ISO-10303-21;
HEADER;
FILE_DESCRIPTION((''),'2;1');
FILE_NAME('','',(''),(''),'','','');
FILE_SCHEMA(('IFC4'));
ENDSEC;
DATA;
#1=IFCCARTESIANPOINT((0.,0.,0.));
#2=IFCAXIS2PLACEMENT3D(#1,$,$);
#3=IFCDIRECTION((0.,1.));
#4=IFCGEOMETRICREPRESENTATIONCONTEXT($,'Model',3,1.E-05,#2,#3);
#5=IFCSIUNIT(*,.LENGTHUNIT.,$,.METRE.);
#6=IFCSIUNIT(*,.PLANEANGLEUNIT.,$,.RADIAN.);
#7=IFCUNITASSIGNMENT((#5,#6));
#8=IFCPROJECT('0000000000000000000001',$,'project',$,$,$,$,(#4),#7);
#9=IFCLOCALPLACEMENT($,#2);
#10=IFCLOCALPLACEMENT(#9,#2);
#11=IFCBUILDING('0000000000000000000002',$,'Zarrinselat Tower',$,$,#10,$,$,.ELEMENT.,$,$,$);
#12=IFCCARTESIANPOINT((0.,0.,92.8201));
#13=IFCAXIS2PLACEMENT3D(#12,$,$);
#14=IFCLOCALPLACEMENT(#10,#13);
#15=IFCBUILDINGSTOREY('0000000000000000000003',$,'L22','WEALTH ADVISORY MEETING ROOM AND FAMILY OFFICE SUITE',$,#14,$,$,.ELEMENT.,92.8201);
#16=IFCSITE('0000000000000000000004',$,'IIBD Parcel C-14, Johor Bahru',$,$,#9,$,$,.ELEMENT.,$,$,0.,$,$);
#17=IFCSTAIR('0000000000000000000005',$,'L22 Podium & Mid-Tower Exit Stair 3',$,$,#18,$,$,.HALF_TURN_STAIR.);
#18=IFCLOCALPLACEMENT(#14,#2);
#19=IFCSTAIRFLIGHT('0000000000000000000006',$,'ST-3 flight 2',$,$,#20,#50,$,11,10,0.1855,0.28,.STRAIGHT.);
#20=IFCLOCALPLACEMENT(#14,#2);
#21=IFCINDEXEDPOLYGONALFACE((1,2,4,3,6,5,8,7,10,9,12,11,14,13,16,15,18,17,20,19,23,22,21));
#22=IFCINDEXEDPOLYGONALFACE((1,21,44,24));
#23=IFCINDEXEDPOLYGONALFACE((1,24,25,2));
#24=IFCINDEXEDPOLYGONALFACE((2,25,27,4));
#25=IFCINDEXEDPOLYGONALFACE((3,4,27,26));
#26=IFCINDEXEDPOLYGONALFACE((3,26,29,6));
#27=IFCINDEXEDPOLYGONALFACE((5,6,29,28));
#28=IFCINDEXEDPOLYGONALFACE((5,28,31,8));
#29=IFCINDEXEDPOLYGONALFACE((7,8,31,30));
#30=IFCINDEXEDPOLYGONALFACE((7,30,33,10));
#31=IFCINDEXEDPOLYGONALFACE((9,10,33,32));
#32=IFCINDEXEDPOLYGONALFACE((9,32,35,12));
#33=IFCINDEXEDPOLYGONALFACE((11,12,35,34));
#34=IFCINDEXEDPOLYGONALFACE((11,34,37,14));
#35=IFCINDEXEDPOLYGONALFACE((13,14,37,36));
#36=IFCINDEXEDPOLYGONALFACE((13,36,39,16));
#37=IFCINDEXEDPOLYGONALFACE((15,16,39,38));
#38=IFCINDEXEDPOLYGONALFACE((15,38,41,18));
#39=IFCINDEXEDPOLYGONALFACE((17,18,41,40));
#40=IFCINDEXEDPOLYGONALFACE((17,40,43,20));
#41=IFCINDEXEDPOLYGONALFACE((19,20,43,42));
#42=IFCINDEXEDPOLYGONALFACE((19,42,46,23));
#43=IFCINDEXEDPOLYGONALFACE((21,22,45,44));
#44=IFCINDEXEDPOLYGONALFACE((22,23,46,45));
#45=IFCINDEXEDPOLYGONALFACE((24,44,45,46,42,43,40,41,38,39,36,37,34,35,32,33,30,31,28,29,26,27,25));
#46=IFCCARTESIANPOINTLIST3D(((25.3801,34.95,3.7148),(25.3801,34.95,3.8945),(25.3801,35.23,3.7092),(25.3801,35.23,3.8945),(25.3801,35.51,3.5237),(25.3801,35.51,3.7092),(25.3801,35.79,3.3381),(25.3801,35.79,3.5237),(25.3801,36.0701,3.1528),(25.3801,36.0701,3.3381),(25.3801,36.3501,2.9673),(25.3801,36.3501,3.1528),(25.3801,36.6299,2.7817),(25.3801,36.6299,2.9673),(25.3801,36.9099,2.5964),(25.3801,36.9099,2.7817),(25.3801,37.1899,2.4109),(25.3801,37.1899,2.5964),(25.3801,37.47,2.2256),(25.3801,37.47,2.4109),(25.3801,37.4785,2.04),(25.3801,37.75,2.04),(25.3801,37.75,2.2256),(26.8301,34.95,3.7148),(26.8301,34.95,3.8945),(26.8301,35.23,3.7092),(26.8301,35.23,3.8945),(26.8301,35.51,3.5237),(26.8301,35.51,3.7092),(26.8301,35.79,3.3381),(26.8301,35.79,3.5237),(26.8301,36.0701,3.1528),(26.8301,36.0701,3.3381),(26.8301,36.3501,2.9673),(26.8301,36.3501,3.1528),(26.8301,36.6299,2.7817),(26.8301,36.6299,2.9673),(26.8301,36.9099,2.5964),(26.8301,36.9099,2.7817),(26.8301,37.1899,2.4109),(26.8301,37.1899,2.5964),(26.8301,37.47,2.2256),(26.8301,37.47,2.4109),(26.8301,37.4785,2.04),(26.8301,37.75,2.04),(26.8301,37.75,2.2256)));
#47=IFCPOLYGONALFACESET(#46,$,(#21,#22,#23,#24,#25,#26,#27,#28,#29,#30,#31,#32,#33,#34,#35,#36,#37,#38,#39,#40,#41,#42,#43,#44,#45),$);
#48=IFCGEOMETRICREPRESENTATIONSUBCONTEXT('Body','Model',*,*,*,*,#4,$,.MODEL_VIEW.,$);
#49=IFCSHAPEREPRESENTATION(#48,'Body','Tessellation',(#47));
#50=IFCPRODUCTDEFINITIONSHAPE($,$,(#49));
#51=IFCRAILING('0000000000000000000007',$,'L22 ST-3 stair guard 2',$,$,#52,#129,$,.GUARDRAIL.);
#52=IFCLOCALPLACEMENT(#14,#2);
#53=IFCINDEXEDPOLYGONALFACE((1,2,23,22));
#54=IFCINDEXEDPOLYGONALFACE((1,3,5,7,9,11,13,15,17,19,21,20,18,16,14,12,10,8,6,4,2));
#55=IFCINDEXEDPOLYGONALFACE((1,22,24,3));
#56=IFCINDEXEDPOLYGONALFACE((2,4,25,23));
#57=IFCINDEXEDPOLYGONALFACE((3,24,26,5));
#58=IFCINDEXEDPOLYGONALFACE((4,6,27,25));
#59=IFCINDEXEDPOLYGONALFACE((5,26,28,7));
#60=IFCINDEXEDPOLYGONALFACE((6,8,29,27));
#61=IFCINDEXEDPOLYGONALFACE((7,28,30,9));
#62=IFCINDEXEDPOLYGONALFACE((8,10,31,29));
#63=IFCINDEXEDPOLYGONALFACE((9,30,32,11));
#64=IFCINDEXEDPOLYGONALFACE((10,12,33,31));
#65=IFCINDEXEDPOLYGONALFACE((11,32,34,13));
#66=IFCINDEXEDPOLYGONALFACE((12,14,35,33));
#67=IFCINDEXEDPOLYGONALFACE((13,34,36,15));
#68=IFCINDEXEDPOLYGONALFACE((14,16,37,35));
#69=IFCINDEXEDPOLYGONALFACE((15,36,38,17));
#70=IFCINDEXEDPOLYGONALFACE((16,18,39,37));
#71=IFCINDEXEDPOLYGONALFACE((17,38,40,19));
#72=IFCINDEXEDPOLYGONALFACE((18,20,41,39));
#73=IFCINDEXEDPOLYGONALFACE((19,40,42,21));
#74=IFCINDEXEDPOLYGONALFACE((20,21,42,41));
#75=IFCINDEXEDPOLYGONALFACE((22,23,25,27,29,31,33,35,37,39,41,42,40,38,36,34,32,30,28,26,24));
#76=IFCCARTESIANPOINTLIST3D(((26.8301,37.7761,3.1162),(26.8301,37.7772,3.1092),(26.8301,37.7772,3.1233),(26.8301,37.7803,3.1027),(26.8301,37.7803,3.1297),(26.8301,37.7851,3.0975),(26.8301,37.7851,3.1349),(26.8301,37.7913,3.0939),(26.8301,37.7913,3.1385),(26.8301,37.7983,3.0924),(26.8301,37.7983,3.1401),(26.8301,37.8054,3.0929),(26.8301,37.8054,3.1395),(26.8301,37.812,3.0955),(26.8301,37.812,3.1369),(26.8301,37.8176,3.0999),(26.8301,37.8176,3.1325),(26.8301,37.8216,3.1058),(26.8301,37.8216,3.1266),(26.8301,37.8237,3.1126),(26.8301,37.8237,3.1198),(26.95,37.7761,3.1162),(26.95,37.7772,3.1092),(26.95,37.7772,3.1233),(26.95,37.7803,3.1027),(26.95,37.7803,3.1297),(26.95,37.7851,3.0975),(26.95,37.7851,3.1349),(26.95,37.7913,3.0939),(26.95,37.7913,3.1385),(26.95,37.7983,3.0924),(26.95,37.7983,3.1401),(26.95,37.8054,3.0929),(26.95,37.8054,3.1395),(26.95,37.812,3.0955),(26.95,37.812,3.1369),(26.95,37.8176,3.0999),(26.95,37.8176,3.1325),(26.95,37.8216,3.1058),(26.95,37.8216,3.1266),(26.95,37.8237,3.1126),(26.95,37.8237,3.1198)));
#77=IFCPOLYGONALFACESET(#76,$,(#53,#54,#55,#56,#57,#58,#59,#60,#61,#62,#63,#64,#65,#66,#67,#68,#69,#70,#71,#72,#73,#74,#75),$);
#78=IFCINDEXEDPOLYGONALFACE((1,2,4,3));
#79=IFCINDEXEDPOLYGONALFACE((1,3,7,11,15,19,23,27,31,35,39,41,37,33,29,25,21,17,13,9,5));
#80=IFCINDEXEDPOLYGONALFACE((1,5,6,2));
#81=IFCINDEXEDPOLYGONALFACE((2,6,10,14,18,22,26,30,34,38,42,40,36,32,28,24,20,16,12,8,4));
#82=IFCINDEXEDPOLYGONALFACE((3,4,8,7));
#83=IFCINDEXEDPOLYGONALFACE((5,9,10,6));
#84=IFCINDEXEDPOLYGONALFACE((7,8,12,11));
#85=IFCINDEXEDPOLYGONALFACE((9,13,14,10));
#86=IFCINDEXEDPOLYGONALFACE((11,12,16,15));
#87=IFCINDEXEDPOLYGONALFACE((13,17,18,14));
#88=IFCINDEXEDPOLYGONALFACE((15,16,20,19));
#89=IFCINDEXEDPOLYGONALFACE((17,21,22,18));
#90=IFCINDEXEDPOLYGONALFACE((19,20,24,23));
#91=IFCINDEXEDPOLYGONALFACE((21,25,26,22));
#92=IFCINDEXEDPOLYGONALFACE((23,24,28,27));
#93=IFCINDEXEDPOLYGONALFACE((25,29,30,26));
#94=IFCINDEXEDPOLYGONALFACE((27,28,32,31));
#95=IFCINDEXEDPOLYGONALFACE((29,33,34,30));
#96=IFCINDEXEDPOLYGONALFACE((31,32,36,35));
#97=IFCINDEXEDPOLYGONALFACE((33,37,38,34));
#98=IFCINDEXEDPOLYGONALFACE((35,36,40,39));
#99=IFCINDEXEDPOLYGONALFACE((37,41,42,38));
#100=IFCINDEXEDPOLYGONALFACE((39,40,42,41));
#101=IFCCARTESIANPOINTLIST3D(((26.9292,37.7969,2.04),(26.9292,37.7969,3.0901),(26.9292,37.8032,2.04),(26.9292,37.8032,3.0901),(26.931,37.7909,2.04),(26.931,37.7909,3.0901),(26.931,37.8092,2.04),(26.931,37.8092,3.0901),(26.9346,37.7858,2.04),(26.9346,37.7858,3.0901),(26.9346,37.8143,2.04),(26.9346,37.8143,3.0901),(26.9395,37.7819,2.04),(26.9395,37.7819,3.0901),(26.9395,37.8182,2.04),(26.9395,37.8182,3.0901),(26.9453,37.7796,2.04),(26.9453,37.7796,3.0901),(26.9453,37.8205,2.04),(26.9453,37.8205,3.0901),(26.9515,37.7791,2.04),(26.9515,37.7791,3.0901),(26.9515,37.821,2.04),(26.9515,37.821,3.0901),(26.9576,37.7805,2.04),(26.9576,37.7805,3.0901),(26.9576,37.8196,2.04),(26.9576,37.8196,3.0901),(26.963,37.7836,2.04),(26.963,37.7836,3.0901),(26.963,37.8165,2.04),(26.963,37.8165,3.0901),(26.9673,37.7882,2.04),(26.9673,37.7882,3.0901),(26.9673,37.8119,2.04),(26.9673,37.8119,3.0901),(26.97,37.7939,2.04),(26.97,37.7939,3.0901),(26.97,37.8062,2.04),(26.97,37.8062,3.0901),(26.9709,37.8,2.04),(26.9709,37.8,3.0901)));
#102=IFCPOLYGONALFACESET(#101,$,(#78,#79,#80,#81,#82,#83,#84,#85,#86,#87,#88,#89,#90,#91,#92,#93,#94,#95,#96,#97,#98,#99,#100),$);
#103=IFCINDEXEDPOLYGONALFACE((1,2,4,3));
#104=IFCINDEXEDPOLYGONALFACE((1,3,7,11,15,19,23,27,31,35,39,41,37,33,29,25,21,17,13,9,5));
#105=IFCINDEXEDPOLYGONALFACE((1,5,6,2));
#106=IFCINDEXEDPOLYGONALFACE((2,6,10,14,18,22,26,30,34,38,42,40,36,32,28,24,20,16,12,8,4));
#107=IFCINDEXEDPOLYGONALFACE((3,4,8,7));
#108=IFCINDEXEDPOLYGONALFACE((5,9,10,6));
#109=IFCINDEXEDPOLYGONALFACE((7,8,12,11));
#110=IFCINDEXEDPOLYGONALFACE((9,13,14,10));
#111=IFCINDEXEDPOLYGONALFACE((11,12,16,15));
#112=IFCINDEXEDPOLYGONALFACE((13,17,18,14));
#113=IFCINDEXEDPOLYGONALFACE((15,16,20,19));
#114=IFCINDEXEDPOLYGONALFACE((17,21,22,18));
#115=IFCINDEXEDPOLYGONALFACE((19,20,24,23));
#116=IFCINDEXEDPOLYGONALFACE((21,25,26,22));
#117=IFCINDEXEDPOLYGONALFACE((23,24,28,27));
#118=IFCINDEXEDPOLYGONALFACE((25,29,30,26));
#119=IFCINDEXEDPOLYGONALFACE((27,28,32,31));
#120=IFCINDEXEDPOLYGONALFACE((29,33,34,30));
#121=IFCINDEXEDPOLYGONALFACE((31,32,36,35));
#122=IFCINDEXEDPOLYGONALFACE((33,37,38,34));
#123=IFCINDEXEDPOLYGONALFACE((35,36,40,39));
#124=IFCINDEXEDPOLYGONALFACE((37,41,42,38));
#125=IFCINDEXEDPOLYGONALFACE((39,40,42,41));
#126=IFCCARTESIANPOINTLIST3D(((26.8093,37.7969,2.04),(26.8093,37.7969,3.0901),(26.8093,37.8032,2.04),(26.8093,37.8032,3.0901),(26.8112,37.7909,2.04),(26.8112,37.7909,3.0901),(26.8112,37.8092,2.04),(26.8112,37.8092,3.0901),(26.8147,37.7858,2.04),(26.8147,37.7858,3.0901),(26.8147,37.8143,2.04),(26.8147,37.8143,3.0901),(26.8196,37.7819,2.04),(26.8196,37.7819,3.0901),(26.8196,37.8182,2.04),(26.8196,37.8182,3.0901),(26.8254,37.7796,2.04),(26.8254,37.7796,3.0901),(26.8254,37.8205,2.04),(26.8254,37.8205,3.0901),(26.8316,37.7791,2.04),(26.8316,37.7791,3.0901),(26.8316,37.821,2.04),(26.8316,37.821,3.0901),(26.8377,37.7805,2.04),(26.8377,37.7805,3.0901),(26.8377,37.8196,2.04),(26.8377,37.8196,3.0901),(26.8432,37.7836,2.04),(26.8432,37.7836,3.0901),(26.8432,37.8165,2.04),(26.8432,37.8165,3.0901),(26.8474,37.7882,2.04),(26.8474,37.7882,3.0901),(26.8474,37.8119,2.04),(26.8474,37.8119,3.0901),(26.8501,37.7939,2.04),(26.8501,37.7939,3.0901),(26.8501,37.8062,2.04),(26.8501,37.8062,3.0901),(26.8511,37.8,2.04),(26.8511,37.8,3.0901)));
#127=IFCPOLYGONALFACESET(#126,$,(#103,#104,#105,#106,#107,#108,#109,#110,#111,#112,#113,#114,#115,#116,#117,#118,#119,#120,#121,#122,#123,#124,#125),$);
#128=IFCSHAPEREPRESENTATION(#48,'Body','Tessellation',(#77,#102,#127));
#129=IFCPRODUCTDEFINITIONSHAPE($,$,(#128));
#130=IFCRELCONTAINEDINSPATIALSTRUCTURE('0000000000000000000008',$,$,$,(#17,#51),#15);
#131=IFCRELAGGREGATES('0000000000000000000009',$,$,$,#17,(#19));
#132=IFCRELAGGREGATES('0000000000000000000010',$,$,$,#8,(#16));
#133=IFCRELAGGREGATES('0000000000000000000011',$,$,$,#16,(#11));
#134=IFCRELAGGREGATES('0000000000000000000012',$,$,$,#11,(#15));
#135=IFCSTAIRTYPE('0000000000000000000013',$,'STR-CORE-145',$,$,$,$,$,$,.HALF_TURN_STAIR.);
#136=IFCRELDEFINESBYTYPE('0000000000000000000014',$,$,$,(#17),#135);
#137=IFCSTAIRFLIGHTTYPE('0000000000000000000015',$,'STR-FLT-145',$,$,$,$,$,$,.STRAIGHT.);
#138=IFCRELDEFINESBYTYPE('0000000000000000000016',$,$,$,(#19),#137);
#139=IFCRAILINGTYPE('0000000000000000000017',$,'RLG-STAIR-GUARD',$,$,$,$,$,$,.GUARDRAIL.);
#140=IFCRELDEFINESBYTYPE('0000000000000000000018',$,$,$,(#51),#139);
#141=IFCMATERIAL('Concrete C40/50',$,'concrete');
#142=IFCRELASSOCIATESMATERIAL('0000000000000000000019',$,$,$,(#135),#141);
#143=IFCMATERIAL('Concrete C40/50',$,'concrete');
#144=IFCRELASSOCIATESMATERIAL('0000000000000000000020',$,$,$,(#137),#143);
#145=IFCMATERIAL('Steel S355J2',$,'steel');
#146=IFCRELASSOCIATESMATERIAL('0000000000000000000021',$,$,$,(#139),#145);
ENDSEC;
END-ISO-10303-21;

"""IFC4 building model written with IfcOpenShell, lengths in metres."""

from ifc_helpers import new_model, si_unit, direction, frame, origin, origin_2d, place, context, subcontext, project, spatial, polyline, circle, outline, extrude, material, type_object, element, aggregate, save


model = new_model("IFC4")

# Units and contexts
model_context = context("Model", 3, precision=1e-05, world=origin(), true_north=direction((0.0, 1.0)))
body_context = subcontext(model_context, "Body", "Model", "MODEL_VIEW")
ifc_project = project(units=[si_unit("LENGTHUNIT", "METRE"), si_unit("PLANEANGLEUNIT", "RADIAN")], contexts=[model_context])

# Site, building, storey
site_placement = place(None, origin())
site = spatial("IfcSite", under=ifc_project, at=site_placement, Name="IIBD Parcel C-14, Johor Bahru", CompositionType="ELEMENT", RefElevation=0.0)
building_placement = place(site_placement, origin())
building = spatial("IfcBuilding", under=site, at=building_placement, Name="Zarrinselat Tower", CompositionType="ELEMENT")
storey_placement = place(building_placement, frame((0.0, 0.0, 92.8201)))
storey = spatial("IfcBuildingStorey", under=building, at=storey_placement, Name="L22", Description="WEALTH ADVISORY MEETING ROOM AND FAMILY OFFICE SUITE", CompositionType="ELEMENT", Elevation=92.8201)

# Stair, stair flight
ifc_material_1 = material(Name="Concrete C40/50", Category="concrete")
stair_type = type_object("IfcStairType", Name="STR-CORE-145", PredefinedType="HALF_TURN_STAIR", material=ifc_material_1)
stair_placement = place(storey_placement, origin())
stair = element("IfcStair", 1, at=stair_placement, inside=storey, type_object=stair_type, Name="L22 Podium & Mid-Tower Exit Stair 3", PredefinedType="HALF_TURN_STAIR")
ifc_material_2 = material(Name="Concrete C40/50", Category="concrete")
stair_flight_type = type_object("IfcStairFlightType", Name="STR-FLT-145", PredefinedType="STRAIGHT", material=ifc_material_2)
stair_flight_placement = place(storey_placement, frame((26.105, 37.75, 2.04), z_axis=(0.0, 0.0, 1.0), x_axis=(0.0, -1.0, 0.0)))
stair_flight = element("IfcStairFlight", 2, at=stair_flight_placement, type_object=stair_flight_type, Name="ST-3 flight 2", NumberOfRisers=11, NumberOfTreads=10, PredefinedType="STRAIGHT", RiserHeight=0.1855, TreadLength=0.28, context=body_context, shape_type="SweptSolid", body=[
    extrude(outline(polyline([(0.0, 0.0), (0.0, 0.1855), (0.28, 0.1855), (0.28, 0.3708), (0.5601, 0.3708), (0.5601, 0.5564), (0.8401, 0.5564), (0.8401, 0.7417), (1.1201, 0.7417), (1.1201, 0.9272), (1.3999, 0.9272), (1.3999, 1.1128), (1.6799, 1.1128), (1.6799, 1.2981), (1.96, 1.2981), (1.96, 1.4836), (2.24, 1.4836), (2.24, 1.6692), (2.52, 1.6692), (2.52, 1.8545), (2.8, 1.8545), (2.8, 2.04), (2.8, 1.6748), (0.2715, 0.0), (0.0, 0.0)])), frame((0.0, 0.7251, 0.0), z_axis=(0.0, -1.0, 0.0), x_axis=(1.0, 0.0, 0.0)), (0.0, 0.0, 1.0), 1.45),
])
aggregate(stair, [stair_flight])

# Railing
ifc_material_3 = material(Name="Steel S355J2", Category="steel")
railing_type_1 = type_object("IfcRailingType", Name="RLG-STAIR-GUARD", PredefinedType="GUARDRAIL", material=ifc_material_3)
railing_1_placement = place(storey_placement, frame((26.95, 37.8, 2.04)))
element("IfcRailing", 3, at=railing_1_placement, inside=storey, type_object=railing_type_1, Name="L22 ST-3 stair guard 2", PredefinedType="GUARDRAIL", context=body_context, shape_type="SweptSolid", body=[
    extrude(circle(Radius=0.0239, at=origin_2d()), frame((0.0, 0.0, 1.0762), z_axis=(-1.0, 0.0, 0.0), x_axis=(0.0, -1.0, 0.0)), (0.0, 0.0, 1.0), 0.1199),
    extrude(circle(Radius=0.021, at=origin_2d()), origin(), (0.0, 0.0, 1.0), 1.05),
    extrude(circle(Radius=0.021, at=origin_2d()), frame((-0.1199, 0.0, 0.0)), (0.0, 0.0, 1.0), 1.05),
])

save(model, "model.ifc")
